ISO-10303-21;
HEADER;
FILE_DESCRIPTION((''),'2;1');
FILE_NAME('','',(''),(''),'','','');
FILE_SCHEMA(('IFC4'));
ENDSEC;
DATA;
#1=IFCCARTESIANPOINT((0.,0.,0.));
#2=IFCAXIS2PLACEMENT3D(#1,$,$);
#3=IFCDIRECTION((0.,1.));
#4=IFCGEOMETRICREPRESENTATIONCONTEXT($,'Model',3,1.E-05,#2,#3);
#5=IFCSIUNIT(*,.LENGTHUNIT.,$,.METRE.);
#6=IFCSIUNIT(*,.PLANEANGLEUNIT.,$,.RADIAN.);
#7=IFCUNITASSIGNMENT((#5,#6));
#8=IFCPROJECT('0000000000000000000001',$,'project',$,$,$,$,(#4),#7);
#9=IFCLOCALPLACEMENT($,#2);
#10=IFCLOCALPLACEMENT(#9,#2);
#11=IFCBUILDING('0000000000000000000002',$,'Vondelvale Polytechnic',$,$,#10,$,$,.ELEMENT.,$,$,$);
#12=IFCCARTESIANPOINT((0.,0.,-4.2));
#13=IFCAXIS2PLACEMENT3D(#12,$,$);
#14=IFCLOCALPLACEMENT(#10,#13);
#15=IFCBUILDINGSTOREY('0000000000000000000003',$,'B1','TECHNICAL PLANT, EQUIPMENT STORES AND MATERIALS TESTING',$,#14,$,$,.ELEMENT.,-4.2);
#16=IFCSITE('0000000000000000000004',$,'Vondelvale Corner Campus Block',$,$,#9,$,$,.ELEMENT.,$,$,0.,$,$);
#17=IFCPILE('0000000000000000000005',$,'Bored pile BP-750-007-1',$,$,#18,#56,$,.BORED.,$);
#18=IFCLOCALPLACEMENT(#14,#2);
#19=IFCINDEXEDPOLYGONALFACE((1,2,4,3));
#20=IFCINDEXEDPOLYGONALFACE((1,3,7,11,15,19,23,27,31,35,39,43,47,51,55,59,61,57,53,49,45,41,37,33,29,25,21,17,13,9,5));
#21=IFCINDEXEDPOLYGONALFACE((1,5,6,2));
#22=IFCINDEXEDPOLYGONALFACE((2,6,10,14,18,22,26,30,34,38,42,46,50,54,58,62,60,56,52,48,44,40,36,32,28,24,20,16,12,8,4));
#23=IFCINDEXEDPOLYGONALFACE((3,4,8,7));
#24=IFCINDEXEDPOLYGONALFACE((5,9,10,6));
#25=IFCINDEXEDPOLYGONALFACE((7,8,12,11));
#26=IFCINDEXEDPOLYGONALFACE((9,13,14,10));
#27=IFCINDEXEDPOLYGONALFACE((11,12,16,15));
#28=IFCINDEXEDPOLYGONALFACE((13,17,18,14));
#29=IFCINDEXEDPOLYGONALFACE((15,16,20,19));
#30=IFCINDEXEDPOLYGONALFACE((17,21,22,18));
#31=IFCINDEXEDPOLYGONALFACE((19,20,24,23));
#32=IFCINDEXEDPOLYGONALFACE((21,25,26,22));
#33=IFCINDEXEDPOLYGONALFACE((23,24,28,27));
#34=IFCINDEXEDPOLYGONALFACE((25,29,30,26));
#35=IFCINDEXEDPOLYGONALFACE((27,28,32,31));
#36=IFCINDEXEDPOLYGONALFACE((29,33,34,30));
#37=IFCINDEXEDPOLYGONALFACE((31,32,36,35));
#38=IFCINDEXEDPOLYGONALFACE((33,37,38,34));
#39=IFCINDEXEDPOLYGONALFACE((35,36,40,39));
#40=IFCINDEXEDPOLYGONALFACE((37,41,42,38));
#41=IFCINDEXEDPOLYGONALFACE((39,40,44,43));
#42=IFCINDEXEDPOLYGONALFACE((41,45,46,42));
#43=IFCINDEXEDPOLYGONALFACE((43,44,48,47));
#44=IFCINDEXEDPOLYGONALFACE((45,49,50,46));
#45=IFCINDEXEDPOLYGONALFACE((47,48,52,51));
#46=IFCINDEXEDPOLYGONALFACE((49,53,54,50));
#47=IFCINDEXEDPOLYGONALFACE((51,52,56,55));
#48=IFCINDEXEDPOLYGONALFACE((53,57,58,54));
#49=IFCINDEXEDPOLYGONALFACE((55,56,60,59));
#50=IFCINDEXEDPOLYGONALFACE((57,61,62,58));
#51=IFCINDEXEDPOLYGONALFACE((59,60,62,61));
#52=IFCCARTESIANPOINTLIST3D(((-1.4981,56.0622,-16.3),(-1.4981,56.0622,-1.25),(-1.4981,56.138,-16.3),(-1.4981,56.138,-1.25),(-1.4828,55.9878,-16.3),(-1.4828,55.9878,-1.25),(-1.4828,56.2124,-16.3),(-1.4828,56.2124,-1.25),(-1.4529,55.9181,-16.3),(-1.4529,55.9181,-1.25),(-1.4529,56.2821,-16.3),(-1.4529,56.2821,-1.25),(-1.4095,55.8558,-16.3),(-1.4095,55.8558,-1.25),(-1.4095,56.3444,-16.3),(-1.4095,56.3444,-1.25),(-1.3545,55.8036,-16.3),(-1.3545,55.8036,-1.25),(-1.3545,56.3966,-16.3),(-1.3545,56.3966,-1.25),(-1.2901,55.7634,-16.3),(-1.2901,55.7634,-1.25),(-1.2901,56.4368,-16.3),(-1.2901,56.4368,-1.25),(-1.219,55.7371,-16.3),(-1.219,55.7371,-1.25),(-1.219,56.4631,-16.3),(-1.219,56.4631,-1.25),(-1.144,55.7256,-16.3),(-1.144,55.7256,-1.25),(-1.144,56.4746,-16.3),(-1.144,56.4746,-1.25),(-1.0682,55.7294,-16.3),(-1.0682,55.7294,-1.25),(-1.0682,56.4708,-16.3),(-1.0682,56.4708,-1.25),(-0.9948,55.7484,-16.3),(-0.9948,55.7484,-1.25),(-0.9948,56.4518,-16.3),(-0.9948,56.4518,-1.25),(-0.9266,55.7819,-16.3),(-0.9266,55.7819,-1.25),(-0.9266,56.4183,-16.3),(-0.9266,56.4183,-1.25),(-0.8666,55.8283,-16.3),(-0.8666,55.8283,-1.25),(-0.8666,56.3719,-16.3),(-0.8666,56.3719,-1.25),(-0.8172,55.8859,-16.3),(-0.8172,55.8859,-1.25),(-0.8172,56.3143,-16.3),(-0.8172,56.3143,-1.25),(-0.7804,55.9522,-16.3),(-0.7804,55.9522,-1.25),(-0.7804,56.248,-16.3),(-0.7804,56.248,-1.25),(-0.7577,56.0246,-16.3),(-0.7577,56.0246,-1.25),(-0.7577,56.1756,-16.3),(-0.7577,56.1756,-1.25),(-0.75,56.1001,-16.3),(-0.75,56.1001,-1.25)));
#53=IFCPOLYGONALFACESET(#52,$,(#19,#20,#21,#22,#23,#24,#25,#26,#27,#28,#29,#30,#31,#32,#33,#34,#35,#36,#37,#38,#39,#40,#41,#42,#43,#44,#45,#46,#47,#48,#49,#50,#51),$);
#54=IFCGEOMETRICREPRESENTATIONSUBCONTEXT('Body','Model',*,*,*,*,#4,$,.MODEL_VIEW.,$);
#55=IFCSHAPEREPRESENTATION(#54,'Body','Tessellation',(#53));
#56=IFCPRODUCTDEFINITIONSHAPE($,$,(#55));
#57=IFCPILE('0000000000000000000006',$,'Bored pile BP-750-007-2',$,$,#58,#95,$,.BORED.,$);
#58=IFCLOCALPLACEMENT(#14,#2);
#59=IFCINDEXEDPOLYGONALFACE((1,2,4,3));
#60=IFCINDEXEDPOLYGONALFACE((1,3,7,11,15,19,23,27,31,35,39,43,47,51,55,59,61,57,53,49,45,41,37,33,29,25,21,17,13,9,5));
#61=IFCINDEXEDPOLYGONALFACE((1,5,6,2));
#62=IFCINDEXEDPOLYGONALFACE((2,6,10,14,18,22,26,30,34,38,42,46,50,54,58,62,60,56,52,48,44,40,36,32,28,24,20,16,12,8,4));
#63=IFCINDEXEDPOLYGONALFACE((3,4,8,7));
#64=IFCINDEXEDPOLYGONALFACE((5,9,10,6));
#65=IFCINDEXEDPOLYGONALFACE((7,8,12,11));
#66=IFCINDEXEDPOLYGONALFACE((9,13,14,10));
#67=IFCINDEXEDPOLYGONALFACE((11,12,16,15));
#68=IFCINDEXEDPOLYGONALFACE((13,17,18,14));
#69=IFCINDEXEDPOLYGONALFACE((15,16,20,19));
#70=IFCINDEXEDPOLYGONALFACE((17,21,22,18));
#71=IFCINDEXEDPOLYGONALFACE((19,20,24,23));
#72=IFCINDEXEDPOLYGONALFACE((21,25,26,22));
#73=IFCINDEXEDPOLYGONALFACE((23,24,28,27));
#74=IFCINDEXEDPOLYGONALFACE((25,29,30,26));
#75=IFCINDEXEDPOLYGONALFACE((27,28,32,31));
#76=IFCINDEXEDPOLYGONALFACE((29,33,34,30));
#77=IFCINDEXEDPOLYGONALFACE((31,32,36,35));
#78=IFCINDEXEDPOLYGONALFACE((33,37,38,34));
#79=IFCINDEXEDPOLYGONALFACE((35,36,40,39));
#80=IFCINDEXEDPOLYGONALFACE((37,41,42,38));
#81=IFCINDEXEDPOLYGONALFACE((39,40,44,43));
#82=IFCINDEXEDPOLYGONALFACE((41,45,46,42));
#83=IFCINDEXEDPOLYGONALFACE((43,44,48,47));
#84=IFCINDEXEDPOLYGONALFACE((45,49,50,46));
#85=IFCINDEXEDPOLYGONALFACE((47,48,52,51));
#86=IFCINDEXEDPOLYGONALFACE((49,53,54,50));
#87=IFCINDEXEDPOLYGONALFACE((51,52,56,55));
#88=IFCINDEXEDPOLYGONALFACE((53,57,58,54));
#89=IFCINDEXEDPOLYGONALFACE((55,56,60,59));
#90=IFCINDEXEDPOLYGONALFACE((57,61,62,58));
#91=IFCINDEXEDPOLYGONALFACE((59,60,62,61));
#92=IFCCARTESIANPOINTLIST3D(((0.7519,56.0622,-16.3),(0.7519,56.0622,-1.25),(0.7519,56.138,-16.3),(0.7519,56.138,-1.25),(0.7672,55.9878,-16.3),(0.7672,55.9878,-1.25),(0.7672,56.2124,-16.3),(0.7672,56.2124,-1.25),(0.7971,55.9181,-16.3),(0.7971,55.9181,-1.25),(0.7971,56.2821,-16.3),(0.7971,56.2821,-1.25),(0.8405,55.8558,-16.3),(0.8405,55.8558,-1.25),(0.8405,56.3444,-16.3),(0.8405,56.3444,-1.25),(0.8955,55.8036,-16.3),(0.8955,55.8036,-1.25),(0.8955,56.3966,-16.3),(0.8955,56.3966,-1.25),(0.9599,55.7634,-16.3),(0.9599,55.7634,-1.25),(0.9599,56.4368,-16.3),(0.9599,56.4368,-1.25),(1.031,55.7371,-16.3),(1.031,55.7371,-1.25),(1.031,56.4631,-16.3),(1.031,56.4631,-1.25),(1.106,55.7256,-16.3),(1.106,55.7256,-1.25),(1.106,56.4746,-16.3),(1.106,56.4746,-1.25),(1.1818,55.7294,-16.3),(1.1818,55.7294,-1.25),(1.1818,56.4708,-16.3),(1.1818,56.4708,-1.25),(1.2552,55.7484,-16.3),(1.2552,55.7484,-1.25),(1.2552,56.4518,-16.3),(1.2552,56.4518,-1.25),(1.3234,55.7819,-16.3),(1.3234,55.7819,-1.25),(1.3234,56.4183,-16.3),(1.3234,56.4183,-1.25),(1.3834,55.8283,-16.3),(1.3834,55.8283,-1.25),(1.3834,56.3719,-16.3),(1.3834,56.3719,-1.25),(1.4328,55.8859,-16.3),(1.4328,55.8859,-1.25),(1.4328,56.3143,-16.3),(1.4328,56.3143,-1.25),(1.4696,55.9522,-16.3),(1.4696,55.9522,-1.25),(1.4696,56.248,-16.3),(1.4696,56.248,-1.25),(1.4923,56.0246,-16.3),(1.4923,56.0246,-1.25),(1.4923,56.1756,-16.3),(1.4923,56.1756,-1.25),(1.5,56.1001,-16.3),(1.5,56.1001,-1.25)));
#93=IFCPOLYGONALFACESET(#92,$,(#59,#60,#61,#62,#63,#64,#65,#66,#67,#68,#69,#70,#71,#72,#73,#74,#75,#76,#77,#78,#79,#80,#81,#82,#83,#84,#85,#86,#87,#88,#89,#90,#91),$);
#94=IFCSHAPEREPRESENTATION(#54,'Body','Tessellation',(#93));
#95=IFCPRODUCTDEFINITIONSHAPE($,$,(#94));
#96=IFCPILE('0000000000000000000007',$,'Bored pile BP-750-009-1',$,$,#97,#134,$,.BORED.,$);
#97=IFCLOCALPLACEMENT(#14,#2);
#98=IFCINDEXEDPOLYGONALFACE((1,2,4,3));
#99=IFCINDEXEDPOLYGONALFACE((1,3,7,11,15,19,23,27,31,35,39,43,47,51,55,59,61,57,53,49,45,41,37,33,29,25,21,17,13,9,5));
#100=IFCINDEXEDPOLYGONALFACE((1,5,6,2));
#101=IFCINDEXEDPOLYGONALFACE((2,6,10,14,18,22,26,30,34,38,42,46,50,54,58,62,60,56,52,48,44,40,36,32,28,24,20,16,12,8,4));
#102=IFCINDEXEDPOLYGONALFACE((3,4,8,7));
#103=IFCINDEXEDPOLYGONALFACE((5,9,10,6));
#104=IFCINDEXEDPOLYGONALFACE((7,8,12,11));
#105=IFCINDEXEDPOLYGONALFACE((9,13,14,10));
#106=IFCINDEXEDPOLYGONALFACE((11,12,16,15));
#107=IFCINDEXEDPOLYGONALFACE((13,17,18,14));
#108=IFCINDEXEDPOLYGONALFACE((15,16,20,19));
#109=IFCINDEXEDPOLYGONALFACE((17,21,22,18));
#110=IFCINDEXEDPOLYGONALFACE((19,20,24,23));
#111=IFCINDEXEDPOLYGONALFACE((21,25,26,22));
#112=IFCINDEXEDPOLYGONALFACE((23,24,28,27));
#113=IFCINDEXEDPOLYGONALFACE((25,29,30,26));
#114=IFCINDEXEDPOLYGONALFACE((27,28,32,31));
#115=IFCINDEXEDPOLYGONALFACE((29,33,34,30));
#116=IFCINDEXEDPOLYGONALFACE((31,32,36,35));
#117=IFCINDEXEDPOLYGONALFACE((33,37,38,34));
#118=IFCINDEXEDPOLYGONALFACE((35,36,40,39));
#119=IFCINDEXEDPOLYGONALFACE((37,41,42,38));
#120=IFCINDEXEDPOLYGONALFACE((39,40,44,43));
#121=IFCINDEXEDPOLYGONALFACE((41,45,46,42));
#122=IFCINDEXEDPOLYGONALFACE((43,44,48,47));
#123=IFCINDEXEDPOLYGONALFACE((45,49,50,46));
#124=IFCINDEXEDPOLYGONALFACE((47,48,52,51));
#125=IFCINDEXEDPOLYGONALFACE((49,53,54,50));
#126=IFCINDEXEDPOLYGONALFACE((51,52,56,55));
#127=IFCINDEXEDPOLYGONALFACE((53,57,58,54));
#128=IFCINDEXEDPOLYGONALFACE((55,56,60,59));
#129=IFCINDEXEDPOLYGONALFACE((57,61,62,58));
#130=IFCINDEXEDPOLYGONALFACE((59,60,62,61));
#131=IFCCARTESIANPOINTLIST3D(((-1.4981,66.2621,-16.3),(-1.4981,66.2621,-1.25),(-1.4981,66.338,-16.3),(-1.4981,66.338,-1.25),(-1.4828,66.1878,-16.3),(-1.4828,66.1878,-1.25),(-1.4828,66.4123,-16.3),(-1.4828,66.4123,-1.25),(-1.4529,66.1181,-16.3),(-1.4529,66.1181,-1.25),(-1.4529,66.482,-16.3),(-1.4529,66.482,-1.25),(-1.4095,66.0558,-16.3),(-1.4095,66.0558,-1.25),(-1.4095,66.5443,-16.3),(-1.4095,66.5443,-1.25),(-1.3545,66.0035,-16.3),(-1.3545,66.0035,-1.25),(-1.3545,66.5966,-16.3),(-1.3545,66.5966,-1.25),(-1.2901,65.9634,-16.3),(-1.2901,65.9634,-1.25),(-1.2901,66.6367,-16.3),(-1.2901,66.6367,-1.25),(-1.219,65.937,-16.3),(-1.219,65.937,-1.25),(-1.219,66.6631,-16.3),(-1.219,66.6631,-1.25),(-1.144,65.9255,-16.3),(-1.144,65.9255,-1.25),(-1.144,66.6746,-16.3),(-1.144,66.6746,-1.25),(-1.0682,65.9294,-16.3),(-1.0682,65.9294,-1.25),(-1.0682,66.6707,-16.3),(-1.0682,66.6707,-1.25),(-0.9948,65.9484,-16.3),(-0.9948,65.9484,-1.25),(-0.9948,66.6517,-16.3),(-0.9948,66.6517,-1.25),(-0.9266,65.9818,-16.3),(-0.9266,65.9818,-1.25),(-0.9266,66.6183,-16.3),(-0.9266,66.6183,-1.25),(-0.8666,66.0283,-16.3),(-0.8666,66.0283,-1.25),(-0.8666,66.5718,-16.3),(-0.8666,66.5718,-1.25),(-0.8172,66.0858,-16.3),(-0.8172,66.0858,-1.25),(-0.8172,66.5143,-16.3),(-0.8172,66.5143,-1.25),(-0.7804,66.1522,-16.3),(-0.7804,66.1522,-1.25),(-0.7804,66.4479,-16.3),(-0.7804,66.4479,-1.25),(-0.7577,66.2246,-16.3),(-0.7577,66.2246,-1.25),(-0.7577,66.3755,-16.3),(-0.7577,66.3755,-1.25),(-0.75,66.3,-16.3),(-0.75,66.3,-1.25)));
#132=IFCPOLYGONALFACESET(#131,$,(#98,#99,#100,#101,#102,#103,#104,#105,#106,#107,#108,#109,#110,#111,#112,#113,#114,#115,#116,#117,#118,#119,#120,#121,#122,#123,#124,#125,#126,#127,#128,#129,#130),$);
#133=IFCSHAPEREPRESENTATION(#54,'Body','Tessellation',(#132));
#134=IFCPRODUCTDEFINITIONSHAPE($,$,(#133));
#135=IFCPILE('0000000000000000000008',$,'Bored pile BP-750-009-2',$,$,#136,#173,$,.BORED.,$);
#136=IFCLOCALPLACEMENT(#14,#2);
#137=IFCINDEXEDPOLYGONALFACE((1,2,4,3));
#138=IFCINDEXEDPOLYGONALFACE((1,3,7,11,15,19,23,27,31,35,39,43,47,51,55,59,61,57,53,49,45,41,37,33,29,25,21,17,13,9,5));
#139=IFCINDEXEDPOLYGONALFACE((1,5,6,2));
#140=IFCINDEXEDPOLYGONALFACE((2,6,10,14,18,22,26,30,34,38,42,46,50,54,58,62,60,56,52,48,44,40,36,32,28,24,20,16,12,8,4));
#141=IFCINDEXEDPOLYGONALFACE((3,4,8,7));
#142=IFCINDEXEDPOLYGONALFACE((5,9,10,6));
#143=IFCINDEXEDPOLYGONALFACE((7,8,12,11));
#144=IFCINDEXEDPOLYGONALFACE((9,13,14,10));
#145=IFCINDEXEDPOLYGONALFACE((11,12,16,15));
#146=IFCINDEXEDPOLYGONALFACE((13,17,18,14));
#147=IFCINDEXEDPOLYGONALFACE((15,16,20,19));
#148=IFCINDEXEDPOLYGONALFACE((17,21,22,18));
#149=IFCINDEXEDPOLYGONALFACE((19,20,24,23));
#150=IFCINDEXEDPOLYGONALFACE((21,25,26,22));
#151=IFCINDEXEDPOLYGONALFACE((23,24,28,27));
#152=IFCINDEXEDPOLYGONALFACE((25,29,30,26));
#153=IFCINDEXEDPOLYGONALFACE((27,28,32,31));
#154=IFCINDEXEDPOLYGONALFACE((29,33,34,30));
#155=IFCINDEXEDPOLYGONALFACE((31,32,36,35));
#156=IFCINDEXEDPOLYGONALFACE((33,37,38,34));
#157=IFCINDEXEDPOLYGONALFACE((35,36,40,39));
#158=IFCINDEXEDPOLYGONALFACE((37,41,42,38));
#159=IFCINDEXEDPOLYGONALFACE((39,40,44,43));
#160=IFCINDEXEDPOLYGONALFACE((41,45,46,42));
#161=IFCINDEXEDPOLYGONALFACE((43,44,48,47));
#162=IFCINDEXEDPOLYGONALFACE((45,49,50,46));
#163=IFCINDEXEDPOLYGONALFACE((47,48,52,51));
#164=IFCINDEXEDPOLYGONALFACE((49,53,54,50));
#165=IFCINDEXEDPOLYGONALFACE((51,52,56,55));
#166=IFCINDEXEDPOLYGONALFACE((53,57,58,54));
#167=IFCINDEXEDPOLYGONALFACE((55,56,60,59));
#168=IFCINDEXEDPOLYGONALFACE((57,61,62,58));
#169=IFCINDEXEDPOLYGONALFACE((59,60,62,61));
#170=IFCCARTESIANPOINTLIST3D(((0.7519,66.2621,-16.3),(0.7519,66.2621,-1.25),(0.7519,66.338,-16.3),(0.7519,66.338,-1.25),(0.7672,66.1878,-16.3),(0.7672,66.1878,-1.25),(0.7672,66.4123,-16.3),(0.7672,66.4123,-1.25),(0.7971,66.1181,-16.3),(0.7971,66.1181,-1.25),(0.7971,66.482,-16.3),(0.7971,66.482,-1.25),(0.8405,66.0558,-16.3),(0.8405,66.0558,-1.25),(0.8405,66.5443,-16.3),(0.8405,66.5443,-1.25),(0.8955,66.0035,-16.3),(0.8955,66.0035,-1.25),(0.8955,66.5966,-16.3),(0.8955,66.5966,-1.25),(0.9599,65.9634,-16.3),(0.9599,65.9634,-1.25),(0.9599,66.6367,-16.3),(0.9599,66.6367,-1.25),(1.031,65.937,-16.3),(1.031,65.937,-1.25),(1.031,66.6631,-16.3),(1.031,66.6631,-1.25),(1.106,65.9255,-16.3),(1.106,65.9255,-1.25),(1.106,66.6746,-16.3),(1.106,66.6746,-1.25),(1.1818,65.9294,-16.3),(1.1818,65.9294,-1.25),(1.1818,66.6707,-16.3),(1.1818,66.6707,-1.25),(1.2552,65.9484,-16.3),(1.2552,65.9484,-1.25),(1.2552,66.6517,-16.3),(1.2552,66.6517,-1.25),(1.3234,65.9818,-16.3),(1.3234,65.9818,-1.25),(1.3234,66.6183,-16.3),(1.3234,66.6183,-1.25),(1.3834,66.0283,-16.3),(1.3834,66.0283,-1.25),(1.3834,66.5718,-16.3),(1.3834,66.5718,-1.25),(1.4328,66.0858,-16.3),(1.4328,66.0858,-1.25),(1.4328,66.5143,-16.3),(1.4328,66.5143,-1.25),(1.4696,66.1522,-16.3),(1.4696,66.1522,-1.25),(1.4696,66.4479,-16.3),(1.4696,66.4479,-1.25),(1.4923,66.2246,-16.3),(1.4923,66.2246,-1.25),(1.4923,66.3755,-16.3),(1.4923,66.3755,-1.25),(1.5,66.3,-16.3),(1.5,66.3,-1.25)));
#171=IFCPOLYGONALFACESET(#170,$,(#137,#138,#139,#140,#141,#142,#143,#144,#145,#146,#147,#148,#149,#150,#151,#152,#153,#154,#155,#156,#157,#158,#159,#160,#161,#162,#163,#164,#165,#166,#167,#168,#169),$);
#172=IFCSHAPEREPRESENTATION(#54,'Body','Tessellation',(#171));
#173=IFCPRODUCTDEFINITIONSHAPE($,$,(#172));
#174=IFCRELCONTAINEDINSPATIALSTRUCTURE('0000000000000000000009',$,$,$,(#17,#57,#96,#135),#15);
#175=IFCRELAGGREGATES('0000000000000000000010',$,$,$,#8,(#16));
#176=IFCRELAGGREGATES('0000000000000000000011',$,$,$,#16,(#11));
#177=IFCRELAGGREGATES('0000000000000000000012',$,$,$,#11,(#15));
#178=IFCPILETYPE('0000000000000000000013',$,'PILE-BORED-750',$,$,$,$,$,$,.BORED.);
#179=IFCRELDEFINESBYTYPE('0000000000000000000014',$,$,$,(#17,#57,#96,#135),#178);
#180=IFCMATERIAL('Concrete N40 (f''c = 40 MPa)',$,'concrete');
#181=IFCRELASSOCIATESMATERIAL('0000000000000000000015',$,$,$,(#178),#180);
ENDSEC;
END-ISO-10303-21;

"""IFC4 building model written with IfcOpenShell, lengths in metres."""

from ifc_helpers import new_model, si_unit, direction, frame, origin, origin_2d, place, context, subcontext, project, spatial, circle, extrude, material, material_profile, profile_set, type_object, element, save


model = new_model("IFC4")

# Units and contexts
model_context = context("Model", 3, precision=1e-05, world=origin(), true_north=direction((0.0, 1.0)))
body_context = subcontext(model_context, "Body", "Model", "MODEL_VIEW")
ifc_project = project(units=[si_unit("LENGTHUNIT", "METRE"), si_unit("PLANEANGLEUNIT", "RADIAN")], contexts=[model_context])

# Site, building, storey
site_placement = place(None, origin())
site = spatial("IfcSite", under=ifc_project, at=site_placement, Name="Vondelvale Corner Campus Block", CompositionType="ELEMENT", RefElevation=0.0)
building_placement = place(site_placement, origin())
building = spatial("IfcBuilding", under=site, at=building_placement, Name="Vondelvale Polytechnic", CompositionType="ELEMENT")
storey_placement = place(building_placement, frame((0.0, 0.0, -4.2)))
storey = spatial("IfcBuildingStorey", under=building, at=storey_placement, Name="B1", Description="TECHNICAL PLANT, EQUIPMENT STORES AND MATERIALS TESTING", CompositionType="ELEMENT", Elevation=-4.2)

# Shared definitions
ifc_material_1 = material(Name="Concrete N40 (f'c = 40 MPa)", Category="concrete")

# Piles
ifc_material_profile_1 = material_profile(ifc_material_1, circle(Radius=0.375, at=origin_2d()), Name="PILE-D750")
ifc_profile_set_1 = profile_set([ifc_material_profile_1], Name="Concrete N40 (f'c = 40 MPa)")
pile_type_1 = type_object("IfcPileType", Name="PILE-BORED-750", PredefinedType="BORED", material=ifc_profile_set_1)
for number, where, z_axis, x_axis, name in (
    (1, (-1.125, 56.1001, -1.25), (0.0, 0.0, -1.0), (1.0, 0.0, 0.0), "Bored pile BP-750-007-1"),
    (2, (1.125, 56.1001, -1.25), (0.0, 0.0, -1.0), (1.0, 0.0, 0.0), "Bored pile BP-750-007-2"),
    (3, (-1.125, 66.3, -1.25), (0.0, 0.0, -1.0), (1.0, 0.0, 0.0), "Bored pile BP-750-009-1"),
    (4, (1.125, 66.3, -1.25), (0.0, 0.0, -1.0), (1.0, 0.0, 0.0), "Bored pile BP-750-009-2"),
):
    element("IfcPile", number, at=place(storey_placement, frame(where, z_axis=z_axis, x_axis=x_axis)), inside=storey, type_object=pile_type_1, Name=name, PredefinedType="BORED", context=body_context, shape_type="SweptSolid", body=[
        extrude(circle(Radius=0.375, at=origin_2d()), origin(), (0.0, 0.0, 1.0), 15.05),
    ])

save(model, "model.ifc")
